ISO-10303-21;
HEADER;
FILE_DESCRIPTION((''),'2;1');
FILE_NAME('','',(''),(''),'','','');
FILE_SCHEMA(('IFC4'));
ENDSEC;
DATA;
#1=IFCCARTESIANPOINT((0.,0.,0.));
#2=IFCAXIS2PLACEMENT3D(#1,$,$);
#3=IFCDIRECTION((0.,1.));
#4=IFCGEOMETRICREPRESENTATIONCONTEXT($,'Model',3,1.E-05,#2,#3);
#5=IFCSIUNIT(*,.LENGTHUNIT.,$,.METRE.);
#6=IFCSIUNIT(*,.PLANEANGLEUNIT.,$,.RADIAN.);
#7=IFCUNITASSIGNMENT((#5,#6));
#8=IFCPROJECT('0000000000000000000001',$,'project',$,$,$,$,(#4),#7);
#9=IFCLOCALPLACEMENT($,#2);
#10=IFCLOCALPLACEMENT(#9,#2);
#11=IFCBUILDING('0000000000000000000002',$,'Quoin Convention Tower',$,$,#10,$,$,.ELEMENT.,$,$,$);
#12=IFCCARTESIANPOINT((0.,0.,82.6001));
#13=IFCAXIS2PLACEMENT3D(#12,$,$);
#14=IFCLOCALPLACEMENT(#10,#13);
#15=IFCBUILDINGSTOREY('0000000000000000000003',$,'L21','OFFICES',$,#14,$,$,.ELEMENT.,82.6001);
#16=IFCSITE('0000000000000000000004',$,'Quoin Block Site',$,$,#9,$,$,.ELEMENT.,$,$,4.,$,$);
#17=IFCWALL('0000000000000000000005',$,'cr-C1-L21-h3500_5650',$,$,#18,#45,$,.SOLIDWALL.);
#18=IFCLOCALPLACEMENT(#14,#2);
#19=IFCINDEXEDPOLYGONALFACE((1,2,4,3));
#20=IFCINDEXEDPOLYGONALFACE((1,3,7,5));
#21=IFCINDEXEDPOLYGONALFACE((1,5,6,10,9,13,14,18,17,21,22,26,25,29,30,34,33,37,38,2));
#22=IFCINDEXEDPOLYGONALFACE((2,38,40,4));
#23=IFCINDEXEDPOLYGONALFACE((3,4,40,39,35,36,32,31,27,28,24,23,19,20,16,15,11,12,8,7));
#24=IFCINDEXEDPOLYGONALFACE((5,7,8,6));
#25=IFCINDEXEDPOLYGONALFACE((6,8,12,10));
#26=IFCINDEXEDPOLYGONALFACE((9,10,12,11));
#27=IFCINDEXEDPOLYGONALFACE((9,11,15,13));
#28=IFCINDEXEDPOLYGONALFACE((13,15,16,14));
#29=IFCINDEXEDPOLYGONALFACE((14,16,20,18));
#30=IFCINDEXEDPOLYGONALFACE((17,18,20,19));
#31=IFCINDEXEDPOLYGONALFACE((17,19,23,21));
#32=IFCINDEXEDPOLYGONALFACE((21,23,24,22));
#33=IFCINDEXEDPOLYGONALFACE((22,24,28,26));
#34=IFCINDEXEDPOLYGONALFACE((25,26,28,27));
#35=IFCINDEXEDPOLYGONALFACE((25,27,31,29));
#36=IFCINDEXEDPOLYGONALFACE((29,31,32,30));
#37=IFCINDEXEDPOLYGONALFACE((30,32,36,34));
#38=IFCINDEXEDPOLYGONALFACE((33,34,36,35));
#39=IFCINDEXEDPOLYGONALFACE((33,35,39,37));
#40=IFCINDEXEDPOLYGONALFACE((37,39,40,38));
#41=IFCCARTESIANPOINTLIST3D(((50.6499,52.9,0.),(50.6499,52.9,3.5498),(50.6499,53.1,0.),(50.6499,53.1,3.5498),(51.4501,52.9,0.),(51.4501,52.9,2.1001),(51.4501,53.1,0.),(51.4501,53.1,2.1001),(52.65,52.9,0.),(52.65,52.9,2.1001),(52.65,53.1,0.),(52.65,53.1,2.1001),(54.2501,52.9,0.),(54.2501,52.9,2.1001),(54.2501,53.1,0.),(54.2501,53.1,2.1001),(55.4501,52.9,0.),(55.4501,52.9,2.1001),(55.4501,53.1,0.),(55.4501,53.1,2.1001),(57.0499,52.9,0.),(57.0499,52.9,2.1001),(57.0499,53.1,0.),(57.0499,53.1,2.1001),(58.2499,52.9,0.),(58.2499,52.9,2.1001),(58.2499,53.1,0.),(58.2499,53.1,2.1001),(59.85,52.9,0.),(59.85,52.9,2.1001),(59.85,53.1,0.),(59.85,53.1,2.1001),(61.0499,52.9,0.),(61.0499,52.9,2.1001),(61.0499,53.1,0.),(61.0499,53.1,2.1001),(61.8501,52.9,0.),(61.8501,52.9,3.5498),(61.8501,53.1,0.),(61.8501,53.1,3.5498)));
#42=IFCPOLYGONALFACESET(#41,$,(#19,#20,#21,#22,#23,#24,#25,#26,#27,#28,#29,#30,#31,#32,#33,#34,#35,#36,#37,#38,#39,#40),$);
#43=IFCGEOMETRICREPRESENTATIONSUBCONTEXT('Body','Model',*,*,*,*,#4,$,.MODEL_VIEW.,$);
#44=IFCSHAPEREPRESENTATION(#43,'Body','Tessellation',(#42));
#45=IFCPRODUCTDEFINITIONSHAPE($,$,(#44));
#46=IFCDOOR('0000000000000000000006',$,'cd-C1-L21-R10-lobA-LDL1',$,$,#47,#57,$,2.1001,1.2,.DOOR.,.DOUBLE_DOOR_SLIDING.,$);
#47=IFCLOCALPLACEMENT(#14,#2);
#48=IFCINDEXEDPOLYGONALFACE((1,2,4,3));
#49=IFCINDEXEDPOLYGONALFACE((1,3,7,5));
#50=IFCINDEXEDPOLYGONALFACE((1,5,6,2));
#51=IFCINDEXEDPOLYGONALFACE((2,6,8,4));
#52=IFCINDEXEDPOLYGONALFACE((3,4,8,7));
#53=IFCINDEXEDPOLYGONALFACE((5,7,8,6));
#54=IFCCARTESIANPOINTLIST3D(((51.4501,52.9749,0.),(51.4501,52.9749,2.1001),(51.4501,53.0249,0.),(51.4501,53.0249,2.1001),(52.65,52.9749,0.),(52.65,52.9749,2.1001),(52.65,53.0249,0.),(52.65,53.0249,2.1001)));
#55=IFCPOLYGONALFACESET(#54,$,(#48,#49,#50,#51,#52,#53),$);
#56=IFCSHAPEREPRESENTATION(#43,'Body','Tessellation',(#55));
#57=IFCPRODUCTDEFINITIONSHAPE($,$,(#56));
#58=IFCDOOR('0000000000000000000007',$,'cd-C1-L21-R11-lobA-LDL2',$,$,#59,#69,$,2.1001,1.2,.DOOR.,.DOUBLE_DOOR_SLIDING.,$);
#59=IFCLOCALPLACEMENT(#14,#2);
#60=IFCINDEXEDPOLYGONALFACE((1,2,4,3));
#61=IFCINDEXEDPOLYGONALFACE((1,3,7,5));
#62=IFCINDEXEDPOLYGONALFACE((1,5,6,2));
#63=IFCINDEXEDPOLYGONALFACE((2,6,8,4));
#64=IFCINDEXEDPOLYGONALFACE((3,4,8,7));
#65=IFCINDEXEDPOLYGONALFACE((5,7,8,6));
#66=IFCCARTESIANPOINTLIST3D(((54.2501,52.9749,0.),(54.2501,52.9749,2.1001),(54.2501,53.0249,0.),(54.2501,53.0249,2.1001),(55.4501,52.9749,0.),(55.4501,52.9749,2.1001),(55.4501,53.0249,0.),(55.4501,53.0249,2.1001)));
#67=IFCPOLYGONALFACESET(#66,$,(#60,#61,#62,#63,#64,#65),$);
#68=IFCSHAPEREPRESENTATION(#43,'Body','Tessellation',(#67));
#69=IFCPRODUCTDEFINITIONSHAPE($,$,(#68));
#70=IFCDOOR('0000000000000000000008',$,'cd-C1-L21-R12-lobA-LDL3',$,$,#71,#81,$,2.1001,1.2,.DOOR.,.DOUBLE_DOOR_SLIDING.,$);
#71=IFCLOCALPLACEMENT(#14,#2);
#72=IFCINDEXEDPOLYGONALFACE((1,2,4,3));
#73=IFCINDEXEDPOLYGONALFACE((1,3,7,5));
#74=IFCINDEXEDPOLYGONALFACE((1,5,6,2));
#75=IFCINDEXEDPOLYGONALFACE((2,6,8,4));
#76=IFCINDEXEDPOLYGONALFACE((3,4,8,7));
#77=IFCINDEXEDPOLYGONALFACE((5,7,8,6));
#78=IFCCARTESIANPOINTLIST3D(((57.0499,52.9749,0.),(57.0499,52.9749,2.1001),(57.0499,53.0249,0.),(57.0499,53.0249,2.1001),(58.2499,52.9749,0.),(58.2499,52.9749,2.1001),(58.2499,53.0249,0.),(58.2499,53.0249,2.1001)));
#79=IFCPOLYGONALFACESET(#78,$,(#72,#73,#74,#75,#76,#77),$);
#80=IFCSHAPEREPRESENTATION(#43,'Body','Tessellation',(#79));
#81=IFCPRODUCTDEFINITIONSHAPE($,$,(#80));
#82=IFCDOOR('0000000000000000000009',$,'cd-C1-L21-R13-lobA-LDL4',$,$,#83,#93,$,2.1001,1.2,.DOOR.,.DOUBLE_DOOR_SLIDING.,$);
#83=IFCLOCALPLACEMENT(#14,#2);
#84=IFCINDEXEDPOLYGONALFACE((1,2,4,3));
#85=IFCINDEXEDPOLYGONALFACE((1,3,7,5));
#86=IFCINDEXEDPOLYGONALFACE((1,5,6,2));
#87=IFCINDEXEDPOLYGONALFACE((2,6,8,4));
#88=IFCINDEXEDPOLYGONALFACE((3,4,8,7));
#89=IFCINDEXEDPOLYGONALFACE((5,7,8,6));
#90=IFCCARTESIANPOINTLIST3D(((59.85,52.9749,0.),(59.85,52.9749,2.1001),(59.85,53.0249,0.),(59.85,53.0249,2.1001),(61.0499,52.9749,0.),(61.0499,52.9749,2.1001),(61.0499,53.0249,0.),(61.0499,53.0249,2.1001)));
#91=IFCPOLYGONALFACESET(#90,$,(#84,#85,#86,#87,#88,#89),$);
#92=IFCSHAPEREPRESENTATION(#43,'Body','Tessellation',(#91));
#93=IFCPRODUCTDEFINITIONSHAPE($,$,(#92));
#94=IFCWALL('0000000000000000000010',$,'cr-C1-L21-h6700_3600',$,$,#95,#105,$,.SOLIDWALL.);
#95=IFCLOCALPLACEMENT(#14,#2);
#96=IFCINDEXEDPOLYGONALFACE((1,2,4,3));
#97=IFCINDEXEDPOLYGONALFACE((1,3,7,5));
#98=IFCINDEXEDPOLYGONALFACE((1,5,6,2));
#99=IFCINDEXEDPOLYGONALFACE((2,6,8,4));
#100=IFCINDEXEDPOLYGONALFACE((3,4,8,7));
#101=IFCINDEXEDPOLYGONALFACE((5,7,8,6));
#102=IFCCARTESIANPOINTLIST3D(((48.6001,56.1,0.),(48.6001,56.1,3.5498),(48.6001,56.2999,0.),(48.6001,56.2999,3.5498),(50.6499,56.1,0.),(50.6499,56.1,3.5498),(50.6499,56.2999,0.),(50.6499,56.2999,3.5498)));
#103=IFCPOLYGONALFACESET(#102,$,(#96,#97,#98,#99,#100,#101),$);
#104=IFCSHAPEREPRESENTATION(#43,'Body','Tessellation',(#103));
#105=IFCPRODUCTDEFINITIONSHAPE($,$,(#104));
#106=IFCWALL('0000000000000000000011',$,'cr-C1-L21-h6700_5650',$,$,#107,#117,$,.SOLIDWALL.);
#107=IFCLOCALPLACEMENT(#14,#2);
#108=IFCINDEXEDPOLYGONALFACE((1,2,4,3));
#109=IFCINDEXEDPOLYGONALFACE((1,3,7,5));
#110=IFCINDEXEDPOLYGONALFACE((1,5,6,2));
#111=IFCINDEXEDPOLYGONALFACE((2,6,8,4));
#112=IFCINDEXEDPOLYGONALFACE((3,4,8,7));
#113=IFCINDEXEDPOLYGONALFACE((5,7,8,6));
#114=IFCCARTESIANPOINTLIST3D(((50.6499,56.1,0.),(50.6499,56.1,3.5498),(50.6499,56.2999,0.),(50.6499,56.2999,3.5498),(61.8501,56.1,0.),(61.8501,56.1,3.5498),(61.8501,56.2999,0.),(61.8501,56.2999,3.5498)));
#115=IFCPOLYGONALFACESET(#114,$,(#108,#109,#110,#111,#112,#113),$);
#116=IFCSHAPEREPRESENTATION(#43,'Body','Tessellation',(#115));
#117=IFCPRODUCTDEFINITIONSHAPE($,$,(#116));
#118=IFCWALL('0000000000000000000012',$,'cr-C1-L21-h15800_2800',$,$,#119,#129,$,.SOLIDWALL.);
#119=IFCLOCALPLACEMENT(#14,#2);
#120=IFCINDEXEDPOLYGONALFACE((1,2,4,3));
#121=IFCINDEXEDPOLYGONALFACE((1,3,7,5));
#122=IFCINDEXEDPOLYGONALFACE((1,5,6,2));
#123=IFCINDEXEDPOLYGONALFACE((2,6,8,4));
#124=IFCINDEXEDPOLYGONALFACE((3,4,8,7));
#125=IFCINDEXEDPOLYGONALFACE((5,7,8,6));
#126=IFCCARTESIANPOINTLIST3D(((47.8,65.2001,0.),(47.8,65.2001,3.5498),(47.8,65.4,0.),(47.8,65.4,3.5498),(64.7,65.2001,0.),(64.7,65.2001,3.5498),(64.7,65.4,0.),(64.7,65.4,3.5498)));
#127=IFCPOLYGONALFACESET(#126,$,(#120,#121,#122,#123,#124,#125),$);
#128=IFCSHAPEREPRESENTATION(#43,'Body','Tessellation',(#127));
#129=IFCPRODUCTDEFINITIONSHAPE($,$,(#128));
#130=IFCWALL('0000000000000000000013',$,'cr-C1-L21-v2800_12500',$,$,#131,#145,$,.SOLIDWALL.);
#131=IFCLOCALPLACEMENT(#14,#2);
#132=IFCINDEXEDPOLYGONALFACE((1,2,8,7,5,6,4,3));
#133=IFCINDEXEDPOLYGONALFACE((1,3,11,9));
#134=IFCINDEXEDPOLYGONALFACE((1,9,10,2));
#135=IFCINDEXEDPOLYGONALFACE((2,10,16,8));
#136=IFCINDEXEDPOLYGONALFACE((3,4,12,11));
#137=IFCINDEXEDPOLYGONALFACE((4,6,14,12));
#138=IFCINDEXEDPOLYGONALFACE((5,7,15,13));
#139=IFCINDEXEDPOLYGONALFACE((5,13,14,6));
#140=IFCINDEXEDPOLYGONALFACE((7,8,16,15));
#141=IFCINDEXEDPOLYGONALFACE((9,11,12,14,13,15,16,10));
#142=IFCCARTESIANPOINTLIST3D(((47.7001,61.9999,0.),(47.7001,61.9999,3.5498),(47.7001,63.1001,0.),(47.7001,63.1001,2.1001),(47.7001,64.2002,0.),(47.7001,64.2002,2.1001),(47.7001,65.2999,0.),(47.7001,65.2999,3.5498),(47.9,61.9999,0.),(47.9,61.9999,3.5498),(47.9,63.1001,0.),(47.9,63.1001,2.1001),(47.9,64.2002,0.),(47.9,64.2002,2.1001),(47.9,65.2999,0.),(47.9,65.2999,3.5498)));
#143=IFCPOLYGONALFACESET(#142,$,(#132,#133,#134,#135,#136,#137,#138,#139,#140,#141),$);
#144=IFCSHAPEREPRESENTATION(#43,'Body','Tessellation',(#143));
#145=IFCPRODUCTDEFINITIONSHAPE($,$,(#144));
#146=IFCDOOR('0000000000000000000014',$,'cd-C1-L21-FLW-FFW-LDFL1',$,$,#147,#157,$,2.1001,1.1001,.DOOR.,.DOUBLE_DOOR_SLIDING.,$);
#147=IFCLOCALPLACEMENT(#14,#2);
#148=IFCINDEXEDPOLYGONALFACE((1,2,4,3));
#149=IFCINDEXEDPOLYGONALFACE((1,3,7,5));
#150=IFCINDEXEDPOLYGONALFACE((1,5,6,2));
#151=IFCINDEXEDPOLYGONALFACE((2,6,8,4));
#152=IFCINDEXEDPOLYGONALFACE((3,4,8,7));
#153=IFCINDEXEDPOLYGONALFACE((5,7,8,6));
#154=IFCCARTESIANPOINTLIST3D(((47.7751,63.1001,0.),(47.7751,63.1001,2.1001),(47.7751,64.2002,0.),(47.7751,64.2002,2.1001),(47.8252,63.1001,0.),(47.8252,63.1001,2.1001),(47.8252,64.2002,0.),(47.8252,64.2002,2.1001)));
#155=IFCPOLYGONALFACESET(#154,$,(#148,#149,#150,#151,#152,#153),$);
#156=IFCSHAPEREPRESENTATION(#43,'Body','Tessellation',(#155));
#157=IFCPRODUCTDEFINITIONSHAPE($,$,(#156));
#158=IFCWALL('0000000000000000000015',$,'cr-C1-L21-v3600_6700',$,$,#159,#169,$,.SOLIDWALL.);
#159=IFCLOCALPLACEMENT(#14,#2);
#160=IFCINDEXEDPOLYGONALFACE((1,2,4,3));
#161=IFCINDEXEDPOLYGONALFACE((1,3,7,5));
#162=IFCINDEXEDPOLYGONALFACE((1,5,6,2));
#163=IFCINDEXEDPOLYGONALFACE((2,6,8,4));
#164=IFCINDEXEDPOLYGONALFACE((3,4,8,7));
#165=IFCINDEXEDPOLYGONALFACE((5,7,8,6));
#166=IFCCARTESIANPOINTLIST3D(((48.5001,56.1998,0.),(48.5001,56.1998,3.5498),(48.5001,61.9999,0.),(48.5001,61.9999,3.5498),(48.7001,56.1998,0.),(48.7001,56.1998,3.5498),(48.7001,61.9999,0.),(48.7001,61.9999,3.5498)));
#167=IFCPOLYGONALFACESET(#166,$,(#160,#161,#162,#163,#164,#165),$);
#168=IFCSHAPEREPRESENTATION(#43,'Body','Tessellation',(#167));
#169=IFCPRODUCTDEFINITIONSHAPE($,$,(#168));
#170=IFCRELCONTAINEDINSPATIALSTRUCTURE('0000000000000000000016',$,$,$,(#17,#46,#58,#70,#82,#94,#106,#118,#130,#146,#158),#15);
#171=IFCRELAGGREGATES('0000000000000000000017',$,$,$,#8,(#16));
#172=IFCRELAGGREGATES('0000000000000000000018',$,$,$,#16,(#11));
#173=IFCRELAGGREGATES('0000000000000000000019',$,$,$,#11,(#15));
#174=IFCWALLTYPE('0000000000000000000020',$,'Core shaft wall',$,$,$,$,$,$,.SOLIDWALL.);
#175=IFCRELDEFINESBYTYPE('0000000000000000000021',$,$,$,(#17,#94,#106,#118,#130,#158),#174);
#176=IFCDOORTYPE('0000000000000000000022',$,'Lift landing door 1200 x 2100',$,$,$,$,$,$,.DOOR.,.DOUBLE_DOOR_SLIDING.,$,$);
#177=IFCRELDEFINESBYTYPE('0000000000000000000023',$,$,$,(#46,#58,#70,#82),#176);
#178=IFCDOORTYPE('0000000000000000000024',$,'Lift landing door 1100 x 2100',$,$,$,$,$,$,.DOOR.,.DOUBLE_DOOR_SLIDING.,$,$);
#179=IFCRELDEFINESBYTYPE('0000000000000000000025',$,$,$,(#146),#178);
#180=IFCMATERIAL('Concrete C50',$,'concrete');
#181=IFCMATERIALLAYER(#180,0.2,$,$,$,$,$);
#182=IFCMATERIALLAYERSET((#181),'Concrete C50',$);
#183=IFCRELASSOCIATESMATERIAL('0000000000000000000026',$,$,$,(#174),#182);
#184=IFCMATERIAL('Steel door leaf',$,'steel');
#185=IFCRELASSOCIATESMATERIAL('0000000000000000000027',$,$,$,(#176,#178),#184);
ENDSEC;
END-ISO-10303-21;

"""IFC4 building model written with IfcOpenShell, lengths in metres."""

from ifc_helpers import new_model, si_unit, direction, frame, frame_2d, origin, place, context, subcontext, project, spatial, rectangle, extrude, material, layer, layer_set, type_object, element, fill, save


model = new_model("IFC4")

# Units and contexts
model_context = context("Model", 3, precision=1e-05, world=origin(), true_north=direction((0.0, 1.0)))
body_context = subcontext(model_context, "Body", "Model", "MODEL_VIEW")
ifc_project = project(units=[si_unit("LENGTHUNIT", "METRE"), si_unit("PLANEANGLEUNIT", "RADIAN")], contexts=[model_context])

# Site, building, storey
site_placement = place(None, origin())
site = spatial("IfcSite", under=ifc_project, at=site_placement, Name="Quoin Block Site", CompositionType="ELEMENT", RefElevation=4.0)
building_placement = place(site_placement, origin())
building = spatial("IfcBuilding", under=site, at=building_placement, Name="Quoin Convention Tower", CompositionType="ELEMENT")
storey_placement = place(building_placement, frame((0.0, 0.0, 82.6001)))
storey = spatial("IfcBuildingStorey", under=building, at=storey_placement, Name="L21", Description="OFFICES", CompositionType="ELEMENT", Elevation=82.6001)

# Wall, openings, doors
ifc_material_1 = material(Name="Concrete C50", Category="concrete")
ifc_layer_1 = layer(ifc_material_1, 0.2)
ifc_layer_set_1 = layer_set([ifc_layer_1], Name="Concrete C50")
wall_type_1 = type_object("IfcWallType", Name="Core shaft wall", PredefinedType="SOLIDWALL", material=ifc_layer_set_1)
wall_1_placement = place(storey_placement, frame((50.6499, 53.0, 0.0), z_axis=(0.0, 0.0, 1.0), x_axis=(1.0, 0.0, 0.0)))
wall_1 = element("IfcWall", 1, at=wall_1_placement, inside=storey, type_object=wall_type_1, Name="cr-C1-L21-h3500_5650", PredefinedType="SOLIDWALL", context=body_context, shape_type="SweptSolid", body=[
    extrude(rectangle(XDim=11.2002, YDim=0.2, at=frame_2d((5.6001, 0.0))), origin(), (0.0, 0.0, 1.0), 3.5498),
])
opening_1_placement = place(wall_1_placement, frame((0.8, 0.0, 0.0)))
opening_1 = element("IfcOpeningElement", 2, at=opening_1_placement, cuts=wall_1, PredefinedType="OPENING", context=body_context, shape_type="SweptSolid", body=[
    extrude(rectangle(XDim=1.2, YDim=2.1001, at=frame_2d((0.6001, 1.05))), frame((0.0, 0.1099, 0.0), z_axis=(0.0, -1.0, 0.0), x_axis=(1.0, 0.0, 0.0)), (0.0, 0.0, 1.0), 0.22),
])
opening_2_placement = place(wall_1_placement, frame((3.6001, 0.0, 0.0)))
opening_2 = element("IfcOpeningElement", 3, at=opening_2_placement, cuts=wall_1, PredefinedType="OPENING", context=body_context, shape_type="SweptSolid", body=[
    extrude(rectangle(XDim=1.2, YDim=2.1001, at=frame_2d((0.6001, 1.05))), frame((0.0, 0.1099, 0.0), z_axis=(0.0, -1.0, 0.0), x_axis=(1.0, 0.0, 0.0)), (0.0, 0.0, 1.0), 0.22),
])
opening_3_placement = place(wall_1_placement, frame((6.3999, 0.0, 0.0)))
opening_3 = element("IfcOpeningElement", 4, at=opening_3_placement, cuts=wall_1, PredefinedType="OPENING", context=body_context, shape_type="SweptSolid", body=[
    extrude(rectangle(XDim=1.2, YDim=2.1001, at=frame_2d((0.6001, 1.05))), frame((0.0, 0.1099, 0.0), z_axis=(0.0, -1.0, 0.0), x_axis=(1.0, 0.0, 0.0)), (0.0, 0.0, 1.0), 0.22),
])
opening_4_placement = place(wall_1_placement, frame((9.2, 0.0, 0.0)))
opening_4 = element("IfcOpeningElement", 5, at=opening_4_placement, cuts=wall_1, PredefinedType="OPENING", context=body_context, shape_type="SweptSolid", body=[
    extrude(rectangle(XDim=1.2, YDim=2.1001, at=frame_2d((0.6001, 1.05))), frame((0.0, 0.1099, 0.0), z_axis=(0.0, -1.0, 0.0), x_axis=(1.0, 0.0, 0.0)), (0.0, 0.0, 1.0), 0.22),
])
ifc_material_2 = material(Name="Steel door leaf", Category="steel")
door_type_1 = type_object("IfcDoorType", Name="Lift landing door 1200 x 2100", OperationType="DOUBLE_DOOR_SLIDING", PredefinedType="DOOR", material=ifc_material_2)
door_1_placement = place(opening_1_placement, origin())
door_1 = element("IfcDoor", 6, at=door_1_placement, inside=storey, type_object=door_type_1, Name="cd-C1-L21-R10-lobA-LDL1", OperationType="DOUBLE_DOOR_SLIDING", OverallHeight=2.1001, OverallWidth=1.2, PredefinedType="DOOR", context=body_context, shape_type="SweptSolid", body=[
    extrude(rectangle(XDim=1.2, YDim=2.1001, at=frame_2d((0.6001, 1.05))), frame((0.0, 0.0249, 0.0), z_axis=(0.0, -1.0, 0.0), x_axis=(1.0, 0.0, 0.0)), (0.0, 0.0, 1.0), 0.05),
])
fill(opening_1, door_1)
door_2_placement = place(opening_2_placement, origin())
door_2 = element("IfcDoor", 7, at=door_2_placement, inside=storey, type_object=door_type_1, Name="cd-C1-L21-R11-lobA-LDL2", OperationType="DOUBLE_DOOR_SLIDING", OverallHeight=2.1001, OverallWidth=1.2, PredefinedType="DOOR", context=body_context, shape_type="SweptSolid", body=[
    extrude(rectangle(XDim=1.2, YDim=2.1001, at=frame_2d((0.6001, 1.05))), frame((0.0, 0.0249, 0.0), z_axis=(0.0, -1.0, 0.0), x_axis=(1.0, 0.0, 0.0)), (0.0, 0.0, 1.0), 0.05),
])
fill(opening_2, door_2)
door_3_placement = place(opening_3_placement, origin())
door_3 = element("IfcDoor", 8, at=door_3_placement, inside=storey, type_object=door_type_1, Name="cd-C1-L21-R12-lobA-LDL3", OperationType="DOUBLE_DOOR_SLIDING", OverallHeight=2.1001, OverallWidth=1.2, PredefinedType="DOOR", context=body_context, shape_type="SweptSolid", body=[
    extrude(rectangle(XDim=1.2, YDim=2.1001, at=frame_2d((0.6001, 1.05))), frame((0.0, 0.0249, 0.0), z_axis=(0.0, -1.0, 0.0), x_axis=(1.0, 0.0, 0.0)), (0.0, 0.0, 1.0), 0.05),
])
fill(opening_3, door_3)
door_4_placement = place(opening_4_placement, origin())
door_4 = element("IfcDoor", 9, at=door_4_placement, inside=storey, type_object=door_type_1, Name="cd-C1-L21-R13-lobA-LDL4", OperationType="DOUBLE_DOOR_SLIDING", OverallHeight=2.1001, OverallWidth=1.2, PredefinedType="DOOR", context=body_context, shape_type="SweptSolid", body=[
    extrude(rectangle(XDim=1.2, YDim=2.1001, at=frame_2d((0.6001, 1.05))), frame((0.0, 0.0249, 0.0), z_axis=(0.0, -1.0, 0.0), x_axis=(1.0, 0.0, 0.0)), (0.0, 0.0, 1.0), 0.05),
])
fill(opening_4, door_4)

# Walls
wall_2_placement = place(storey_placement, frame((48.6001, 56.2, 0.0), z_axis=(0.0, 0.0, 1.0), x_axis=(1.0, 0.0, 0.0)))
element("IfcWall", 10, at=wall_2_placement, inside=storey, type_object=wall_type_1, Name="cr-C1-L21-h6700_3600", PredefinedType="SOLIDWALL", context=body_context, shape_type="SweptSolid", body=[
    extrude(rectangle(XDim=2.0498, YDim=0.2, at=frame_2d((1.0249, 0.0))), origin(), (0.0, 0.0, 1.0), 3.5498),
])
wall_3_placement = place(storey_placement, frame((50.6499, 56.2, 0.0), z_axis=(0.0, 0.0, 1.0), x_axis=(1.0, 0.0, 0.0)))
element("IfcWall", 11, at=wall_3_placement, inside=storey, type_object=wall_type_1, Name="cr-C1-L21-h6700_5650", PredefinedType="SOLIDWALL", context=body_context, shape_type="SweptSolid", body=[
    extrude(rectangle(XDim=11.2002, YDim=0.2, at=frame_2d((5.6001, 0.0))), origin(), (0.0, 0.0, 1.0), 3.5498),
])
wall_4_placement = place(storey_placement, frame((47.8, 65.3, 0.0), z_axis=(0.0, 0.0, 1.0), x_axis=(1.0, 0.0, 0.0)))
element("IfcWall", 12, at=wall_4_placement, inside=storey, type_object=wall_type_1, Name="cr-C1-L21-h15800_2800", PredefinedType="SOLIDWALL", context=body_context, shape_type="SweptSolid", body=[
    extrude(rectangle(XDim=16.8999, YDim=0.2, at=frame_2d((8.45, 0.0))), origin(), (0.0, 0.0, 1.0), 3.5498),
])

# Wall, opening, door
wall_5_placement = place(storey_placement, frame((47.8, 62.0, 0.0), z_axis=(0.0, 0.0, 1.0), x_axis=(0.0, 1.0, 0.0)))
wall_5 = element("IfcWall", 13, at=wall_5_placement, inside=storey, type_object=wall_type_1, Name="cr-C1-L21-v2800_12500", PredefinedType="SOLIDWALL", context=body_context, shape_type="SweptSolid", body=[
    extrude(rectangle(XDim=3.3, YDim=0.2, at=frame_2d((1.6499, 0.0))), origin(), (0.0, 0.0, 1.0), 3.5498),
])
opening_5_placement = place(wall_5_placement, frame((1.1001, 0.0, 0.0)))
opening_5 = element("IfcOpeningElement", 14, at=opening_5_placement, cuts=wall_5, PredefinedType="OPENING", context=body_context, shape_type="SweptSolid", body=[
    extrude(rectangle(XDim=1.1001, YDim=2.1001, at=frame_2d((0.55, 1.05))), frame((0.0, 0.1099, 0.0), z_axis=(0.0, -1.0, 0.0), x_axis=(1.0, 0.0, 0.0)), (0.0, 0.0, 1.0), 0.22),
])
door_type_2 = type_object("IfcDoorType", Name="Lift landing door 1100 x 2100", OperationType="DOUBLE_DOOR_SLIDING", PredefinedType="DOOR", material=ifc_material_2)
door_5_placement = place(opening_5_placement, origin())
door_5 = element("IfcDoor", 15, at=door_5_placement, inside=storey, type_object=door_type_2, Name="cd-C1-L21-FLW-FFW-LDFL1", OperationType="DOUBLE_DOOR_SLIDING", OverallHeight=2.1001, OverallWidth=1.1001, PredefinedType="DOOR", context=body_context, shape_type="SweptSolid", body=[
    extrude(rectangle(XDim=1.1001, YDim=2.1001, at=frame_2d((0.55, 1.05))), frame((0.0, 0.0249, 0.0), z_axis=(0.0, -1.0, 0.0), x_axis=(1.0, 0.0, 0.0)), (0.0, 0.0, 1.0), 0.05),
])
fill(opening_5, door_5)

# Wall
wall_6_placement = place(storey_placement, frame((48.6001, 56.2, 0.0), z_axis=(0.0, 0.0, 1.0), x_axis=(0.0, 1.0, 0.0)))
element("IfcWall", 16, at=wall_6_placement, inside=storey, type_object=wall_type_1, Name="cr-C1-L21-v3600_6700", PredefinedType="SOLIDWALL", context=body_context, shape_type="SweptSolid", body=[
    extrude(rectangle(XDim=5.8, YDim=0.2, at=frame_2d((2.8999, 0.0))), origin(), (0.0, 0.0, 1.0), 3.5498),
])

save(model, "model.ifc")
